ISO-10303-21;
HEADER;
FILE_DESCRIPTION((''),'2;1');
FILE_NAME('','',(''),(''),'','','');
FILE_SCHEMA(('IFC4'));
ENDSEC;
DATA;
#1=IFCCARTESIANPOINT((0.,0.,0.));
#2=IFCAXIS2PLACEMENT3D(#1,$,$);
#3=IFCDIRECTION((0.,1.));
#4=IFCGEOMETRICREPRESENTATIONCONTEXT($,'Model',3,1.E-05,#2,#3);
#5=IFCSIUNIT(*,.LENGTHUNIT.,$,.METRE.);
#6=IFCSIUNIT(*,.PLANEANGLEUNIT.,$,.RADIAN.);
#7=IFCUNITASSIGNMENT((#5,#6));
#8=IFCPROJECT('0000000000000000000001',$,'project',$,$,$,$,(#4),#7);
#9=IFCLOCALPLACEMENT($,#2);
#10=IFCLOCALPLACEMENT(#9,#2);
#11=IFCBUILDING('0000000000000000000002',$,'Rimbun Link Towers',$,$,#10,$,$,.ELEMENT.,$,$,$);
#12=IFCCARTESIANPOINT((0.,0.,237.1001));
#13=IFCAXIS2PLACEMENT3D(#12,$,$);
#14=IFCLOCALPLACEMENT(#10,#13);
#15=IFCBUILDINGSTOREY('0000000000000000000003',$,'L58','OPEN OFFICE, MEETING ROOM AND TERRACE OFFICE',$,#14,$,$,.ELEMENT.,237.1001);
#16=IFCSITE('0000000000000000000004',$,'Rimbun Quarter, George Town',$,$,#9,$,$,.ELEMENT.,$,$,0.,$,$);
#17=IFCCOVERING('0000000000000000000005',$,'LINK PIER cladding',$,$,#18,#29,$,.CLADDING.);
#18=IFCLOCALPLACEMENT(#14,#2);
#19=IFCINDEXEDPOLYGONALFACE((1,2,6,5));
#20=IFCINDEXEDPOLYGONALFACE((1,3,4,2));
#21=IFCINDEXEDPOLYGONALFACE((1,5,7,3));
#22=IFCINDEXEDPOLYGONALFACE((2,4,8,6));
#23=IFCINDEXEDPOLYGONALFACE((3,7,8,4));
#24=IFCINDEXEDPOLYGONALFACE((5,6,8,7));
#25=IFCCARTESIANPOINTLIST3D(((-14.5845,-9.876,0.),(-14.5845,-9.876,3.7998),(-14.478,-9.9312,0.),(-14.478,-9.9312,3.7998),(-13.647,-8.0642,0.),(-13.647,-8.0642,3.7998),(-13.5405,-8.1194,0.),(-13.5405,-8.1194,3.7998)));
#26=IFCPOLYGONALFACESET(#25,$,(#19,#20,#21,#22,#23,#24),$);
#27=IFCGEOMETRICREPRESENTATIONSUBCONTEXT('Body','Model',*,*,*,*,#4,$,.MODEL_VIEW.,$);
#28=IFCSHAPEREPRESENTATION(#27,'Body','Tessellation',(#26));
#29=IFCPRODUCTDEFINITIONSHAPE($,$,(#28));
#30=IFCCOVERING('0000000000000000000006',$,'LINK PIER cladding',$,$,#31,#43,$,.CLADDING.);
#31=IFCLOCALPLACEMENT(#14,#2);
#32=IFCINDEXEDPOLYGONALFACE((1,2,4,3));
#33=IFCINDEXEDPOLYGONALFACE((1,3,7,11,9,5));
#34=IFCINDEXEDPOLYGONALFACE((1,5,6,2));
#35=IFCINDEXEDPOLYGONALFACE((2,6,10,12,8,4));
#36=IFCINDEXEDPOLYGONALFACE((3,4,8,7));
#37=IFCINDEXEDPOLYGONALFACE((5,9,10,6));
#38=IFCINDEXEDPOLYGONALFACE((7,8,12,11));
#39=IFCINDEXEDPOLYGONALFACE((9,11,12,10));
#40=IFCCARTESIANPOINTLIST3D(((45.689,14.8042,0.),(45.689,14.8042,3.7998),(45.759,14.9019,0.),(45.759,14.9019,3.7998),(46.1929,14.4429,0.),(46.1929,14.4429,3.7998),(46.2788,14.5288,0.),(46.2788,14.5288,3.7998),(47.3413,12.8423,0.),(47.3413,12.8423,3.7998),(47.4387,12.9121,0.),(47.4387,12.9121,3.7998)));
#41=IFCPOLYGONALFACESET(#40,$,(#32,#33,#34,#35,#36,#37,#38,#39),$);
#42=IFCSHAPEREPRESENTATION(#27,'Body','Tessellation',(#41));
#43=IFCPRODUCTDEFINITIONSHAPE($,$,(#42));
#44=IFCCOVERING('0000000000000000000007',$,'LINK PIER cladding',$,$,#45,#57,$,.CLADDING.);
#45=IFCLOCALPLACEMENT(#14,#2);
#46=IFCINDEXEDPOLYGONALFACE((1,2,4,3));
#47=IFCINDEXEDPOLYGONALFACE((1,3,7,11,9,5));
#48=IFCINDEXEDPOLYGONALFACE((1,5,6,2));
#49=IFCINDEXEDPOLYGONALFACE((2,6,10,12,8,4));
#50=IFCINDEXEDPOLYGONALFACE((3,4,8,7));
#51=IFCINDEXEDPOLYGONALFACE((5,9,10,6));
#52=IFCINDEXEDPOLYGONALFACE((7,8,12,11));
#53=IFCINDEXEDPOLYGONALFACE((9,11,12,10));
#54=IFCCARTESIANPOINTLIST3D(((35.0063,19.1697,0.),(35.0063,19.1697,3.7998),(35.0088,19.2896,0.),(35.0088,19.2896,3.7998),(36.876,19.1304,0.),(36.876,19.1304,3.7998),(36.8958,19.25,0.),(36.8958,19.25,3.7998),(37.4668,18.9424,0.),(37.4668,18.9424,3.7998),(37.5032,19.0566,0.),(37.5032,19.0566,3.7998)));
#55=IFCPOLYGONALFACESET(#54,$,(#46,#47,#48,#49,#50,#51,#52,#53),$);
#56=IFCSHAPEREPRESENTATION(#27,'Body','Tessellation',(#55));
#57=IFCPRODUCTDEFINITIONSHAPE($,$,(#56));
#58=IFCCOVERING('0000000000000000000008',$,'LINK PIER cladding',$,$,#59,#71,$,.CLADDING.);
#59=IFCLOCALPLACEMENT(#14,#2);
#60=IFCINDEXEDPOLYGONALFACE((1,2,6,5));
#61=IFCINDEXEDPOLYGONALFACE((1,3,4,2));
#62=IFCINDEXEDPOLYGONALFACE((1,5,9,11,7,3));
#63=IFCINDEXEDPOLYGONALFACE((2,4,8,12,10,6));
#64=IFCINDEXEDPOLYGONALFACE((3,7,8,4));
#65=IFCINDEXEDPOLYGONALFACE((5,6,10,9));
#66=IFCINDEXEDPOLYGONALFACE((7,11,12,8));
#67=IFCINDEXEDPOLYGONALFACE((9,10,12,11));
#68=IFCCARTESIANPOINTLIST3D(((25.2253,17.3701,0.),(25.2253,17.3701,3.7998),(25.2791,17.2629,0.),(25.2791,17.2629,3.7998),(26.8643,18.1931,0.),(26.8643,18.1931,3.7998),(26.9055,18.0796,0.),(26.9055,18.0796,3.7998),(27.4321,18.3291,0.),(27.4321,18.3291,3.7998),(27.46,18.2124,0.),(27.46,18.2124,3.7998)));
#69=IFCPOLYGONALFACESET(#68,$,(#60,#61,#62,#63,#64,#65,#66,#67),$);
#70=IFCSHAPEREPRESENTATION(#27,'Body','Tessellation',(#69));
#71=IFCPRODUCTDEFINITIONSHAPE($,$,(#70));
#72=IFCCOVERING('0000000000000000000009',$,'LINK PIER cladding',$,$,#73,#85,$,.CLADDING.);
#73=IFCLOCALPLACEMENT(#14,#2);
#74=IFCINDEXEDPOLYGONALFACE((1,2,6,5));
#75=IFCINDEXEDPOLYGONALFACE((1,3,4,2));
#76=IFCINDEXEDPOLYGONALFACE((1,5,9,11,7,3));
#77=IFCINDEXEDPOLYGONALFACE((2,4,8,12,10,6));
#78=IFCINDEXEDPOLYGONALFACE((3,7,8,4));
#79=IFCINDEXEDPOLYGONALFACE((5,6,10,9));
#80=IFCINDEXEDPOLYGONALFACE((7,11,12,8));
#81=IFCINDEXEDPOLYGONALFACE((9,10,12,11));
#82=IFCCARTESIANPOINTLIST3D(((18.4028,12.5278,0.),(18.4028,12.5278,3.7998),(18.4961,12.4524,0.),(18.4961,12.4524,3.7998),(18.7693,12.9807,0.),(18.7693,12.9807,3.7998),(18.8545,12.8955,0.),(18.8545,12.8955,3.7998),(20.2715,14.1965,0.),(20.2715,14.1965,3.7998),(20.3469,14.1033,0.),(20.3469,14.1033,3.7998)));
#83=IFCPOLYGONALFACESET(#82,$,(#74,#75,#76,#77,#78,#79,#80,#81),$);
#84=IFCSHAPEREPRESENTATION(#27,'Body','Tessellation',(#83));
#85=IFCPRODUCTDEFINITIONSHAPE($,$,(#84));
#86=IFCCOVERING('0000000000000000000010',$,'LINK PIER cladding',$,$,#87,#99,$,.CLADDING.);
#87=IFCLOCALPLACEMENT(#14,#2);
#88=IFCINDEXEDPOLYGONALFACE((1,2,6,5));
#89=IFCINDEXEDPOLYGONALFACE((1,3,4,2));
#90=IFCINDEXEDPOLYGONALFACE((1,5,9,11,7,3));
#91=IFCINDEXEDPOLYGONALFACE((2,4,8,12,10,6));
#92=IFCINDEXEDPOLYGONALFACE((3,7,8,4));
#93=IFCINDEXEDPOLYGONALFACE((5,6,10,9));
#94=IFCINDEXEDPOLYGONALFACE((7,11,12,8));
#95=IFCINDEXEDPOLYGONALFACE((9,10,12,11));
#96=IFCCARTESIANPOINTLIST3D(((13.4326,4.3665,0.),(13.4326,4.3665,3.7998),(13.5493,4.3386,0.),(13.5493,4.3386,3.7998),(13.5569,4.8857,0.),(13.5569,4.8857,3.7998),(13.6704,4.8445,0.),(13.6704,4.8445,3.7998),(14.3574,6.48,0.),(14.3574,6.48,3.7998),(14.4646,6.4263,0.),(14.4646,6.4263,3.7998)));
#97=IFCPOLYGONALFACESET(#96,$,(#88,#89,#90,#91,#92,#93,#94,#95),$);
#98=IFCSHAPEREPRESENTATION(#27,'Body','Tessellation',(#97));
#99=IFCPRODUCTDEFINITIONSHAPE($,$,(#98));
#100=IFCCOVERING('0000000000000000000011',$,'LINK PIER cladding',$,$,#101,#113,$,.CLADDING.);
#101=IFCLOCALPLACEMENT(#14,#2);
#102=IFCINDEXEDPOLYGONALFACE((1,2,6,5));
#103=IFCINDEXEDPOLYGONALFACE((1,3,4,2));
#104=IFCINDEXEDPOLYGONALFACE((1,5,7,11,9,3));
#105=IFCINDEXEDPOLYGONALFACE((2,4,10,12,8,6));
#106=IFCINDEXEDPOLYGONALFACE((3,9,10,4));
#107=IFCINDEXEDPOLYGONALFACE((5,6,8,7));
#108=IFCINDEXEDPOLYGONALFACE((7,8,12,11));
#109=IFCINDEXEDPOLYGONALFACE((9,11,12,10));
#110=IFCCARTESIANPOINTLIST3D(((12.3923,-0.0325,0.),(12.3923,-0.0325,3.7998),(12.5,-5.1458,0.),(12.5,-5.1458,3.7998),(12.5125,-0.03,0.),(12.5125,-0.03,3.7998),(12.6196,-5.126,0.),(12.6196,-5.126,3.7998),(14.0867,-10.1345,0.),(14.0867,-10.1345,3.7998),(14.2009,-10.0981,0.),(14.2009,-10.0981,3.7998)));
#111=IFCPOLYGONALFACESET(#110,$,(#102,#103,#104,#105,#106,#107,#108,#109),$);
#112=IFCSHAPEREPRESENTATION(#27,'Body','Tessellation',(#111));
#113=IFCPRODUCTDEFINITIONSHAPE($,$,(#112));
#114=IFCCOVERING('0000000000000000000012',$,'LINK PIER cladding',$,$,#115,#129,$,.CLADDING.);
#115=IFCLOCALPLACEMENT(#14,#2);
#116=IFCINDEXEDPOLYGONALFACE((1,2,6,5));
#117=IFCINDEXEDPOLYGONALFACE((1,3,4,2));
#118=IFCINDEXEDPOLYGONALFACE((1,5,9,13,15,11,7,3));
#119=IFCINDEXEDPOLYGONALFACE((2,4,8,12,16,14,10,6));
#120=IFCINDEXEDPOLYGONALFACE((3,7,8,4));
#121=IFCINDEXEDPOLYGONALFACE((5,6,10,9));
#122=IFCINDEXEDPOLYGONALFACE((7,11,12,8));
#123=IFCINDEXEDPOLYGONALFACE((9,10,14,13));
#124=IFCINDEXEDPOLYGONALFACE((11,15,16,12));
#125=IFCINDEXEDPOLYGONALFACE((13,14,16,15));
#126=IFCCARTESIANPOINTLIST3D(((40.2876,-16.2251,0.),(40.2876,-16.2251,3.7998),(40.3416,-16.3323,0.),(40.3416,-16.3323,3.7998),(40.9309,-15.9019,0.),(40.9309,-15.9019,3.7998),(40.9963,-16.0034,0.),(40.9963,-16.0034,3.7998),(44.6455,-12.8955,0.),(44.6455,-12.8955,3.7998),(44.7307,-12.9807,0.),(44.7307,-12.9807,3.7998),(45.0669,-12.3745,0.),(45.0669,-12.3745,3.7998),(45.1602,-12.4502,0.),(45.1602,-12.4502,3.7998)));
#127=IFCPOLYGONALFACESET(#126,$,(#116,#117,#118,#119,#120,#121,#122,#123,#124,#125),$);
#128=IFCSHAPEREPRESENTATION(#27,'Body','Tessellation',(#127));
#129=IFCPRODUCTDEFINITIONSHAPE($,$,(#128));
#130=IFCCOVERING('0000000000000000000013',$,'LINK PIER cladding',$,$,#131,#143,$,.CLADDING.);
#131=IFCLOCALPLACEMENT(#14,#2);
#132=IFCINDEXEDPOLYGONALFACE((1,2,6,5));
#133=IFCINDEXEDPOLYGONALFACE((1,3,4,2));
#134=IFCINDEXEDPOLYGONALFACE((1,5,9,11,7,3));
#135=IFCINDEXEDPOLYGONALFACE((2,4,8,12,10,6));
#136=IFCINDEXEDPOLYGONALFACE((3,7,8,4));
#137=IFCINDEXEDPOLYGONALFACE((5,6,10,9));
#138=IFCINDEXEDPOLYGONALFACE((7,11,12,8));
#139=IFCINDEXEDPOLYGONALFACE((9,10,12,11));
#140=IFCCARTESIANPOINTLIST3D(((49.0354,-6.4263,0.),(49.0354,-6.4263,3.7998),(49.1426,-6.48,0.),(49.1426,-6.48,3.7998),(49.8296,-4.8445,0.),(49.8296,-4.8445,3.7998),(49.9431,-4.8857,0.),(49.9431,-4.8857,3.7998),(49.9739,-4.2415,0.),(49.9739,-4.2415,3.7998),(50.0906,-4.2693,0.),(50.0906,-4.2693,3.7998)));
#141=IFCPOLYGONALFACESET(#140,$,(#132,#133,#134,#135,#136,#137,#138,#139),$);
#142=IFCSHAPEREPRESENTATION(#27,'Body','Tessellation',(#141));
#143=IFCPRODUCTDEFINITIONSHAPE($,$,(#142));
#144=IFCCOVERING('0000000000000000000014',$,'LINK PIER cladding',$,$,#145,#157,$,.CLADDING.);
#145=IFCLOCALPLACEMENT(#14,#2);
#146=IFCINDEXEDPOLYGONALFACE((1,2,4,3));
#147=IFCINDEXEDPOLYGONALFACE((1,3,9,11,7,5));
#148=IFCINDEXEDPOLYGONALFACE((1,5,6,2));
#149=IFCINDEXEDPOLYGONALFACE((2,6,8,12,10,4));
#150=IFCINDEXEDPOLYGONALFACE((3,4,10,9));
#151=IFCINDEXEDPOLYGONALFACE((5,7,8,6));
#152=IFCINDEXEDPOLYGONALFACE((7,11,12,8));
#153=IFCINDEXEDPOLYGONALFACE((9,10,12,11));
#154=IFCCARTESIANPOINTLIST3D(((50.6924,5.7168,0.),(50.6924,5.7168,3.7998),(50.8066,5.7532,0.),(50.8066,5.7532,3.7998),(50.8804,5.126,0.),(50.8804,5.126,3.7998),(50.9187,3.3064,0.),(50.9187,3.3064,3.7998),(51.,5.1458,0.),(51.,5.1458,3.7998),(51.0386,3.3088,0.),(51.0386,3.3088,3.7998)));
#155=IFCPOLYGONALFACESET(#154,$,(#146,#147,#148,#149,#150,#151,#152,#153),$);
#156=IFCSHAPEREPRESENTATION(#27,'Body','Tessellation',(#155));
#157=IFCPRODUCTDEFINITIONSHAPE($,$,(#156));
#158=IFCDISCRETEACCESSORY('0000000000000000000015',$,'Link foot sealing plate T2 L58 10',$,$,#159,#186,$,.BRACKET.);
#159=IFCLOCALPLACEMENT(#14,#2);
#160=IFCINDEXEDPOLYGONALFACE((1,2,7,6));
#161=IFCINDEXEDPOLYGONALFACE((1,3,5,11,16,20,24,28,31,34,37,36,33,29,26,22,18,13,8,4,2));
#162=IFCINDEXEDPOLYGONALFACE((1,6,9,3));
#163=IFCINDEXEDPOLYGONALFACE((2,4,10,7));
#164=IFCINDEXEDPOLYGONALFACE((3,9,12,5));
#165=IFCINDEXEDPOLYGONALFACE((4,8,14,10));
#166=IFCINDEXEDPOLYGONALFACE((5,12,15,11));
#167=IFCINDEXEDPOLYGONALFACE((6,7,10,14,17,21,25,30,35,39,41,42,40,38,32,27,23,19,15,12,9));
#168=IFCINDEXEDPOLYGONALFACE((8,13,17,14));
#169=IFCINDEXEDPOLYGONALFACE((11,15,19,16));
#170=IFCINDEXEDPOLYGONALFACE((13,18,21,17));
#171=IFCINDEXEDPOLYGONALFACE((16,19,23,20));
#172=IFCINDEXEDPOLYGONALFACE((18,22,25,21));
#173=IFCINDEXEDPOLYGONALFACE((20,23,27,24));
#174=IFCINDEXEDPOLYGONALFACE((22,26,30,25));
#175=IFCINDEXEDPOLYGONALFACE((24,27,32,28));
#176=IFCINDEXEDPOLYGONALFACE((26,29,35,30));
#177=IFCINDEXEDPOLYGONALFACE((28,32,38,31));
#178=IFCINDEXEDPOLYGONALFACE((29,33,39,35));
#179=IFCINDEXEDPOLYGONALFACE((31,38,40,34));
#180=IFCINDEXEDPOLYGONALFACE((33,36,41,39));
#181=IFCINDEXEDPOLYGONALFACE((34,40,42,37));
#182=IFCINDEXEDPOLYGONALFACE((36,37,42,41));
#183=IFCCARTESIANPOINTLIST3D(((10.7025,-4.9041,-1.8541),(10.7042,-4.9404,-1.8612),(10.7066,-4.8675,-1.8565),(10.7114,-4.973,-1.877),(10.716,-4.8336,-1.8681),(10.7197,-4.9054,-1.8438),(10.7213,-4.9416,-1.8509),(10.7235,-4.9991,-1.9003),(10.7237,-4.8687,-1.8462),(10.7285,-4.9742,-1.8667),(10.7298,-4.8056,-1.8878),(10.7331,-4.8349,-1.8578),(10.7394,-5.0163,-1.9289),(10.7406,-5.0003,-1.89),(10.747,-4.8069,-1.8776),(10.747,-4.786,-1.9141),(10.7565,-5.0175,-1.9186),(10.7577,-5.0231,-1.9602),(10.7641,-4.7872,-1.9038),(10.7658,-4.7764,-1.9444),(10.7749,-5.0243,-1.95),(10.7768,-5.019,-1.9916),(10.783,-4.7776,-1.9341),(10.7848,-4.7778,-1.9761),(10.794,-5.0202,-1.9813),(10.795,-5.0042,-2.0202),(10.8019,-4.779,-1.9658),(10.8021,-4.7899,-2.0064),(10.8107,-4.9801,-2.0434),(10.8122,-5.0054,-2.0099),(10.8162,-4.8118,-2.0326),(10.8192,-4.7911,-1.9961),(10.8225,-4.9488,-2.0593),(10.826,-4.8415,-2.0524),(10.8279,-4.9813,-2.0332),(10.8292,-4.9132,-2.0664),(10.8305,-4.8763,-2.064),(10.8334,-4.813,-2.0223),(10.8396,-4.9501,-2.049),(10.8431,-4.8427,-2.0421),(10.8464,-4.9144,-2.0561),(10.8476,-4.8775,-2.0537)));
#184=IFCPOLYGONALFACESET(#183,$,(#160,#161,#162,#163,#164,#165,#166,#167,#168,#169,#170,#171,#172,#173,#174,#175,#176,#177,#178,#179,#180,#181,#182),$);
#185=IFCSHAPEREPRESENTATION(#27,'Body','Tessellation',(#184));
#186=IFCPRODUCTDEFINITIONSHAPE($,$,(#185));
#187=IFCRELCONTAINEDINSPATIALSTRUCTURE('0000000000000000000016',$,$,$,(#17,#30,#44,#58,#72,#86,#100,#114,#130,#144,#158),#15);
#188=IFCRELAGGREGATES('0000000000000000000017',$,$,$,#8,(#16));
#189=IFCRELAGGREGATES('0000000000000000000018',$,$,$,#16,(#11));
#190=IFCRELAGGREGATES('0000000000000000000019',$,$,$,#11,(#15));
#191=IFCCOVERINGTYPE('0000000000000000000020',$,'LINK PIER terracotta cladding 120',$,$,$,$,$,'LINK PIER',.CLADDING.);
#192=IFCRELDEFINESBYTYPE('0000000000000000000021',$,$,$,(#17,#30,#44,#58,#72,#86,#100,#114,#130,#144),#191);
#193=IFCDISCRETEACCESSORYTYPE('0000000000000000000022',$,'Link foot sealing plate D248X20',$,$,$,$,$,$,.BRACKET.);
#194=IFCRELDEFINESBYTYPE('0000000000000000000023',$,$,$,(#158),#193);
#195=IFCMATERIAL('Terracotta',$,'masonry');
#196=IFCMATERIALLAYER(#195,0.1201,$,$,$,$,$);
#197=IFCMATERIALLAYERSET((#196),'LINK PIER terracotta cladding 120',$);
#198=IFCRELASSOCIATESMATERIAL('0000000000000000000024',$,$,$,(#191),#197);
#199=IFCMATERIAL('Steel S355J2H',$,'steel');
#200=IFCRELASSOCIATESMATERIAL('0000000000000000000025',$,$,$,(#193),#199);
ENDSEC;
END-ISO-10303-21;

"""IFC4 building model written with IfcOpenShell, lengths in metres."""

from ifc_helpers import new_model, si_unit, direction, frame, origin, origin_2d, place, context, subcontext, project, spatial, polyline, circle, outline, extrude, material, layer, layer_set, material_profile, profile_set, type_object, element, save


model = new_model("IFC4")

# Units and contexts
model_context = context("Model", 3, precision=1e-05, world=origin(), true_north=direction((0.0, 1.0)))
body_context = subcontext(model_context, "Body", "Model", "MODEL_VIEW")
ifc_project = project(units=[si_unit("LENGTHUNIT", "METRE"), si_unit("PLANEANGLEUNIT", "RADIAN")], contexts=[model_context])

# Site, building, storey
site_placement = place(None, origin())
site = spatial("IfcSite", under=ifc_project, at=site_placement, Name="Rimbun Quarter, George Town", CompositionType="ELEMENT", RefElevation=0.0)
building_placement = place(site_placement, origin())
building = spatial("IfcBuilding", under=site, at=building_placement, Name="Rimbun Link Towers", CompositionType="ELEMENT")
storey_placement = place(building_placement, frame((0.0, 0.0, 237.1001)))
storey = spatial("IfcBuildingStorey", under=building, at=storey_placement, Name="L58", Description="OPEN OFFICE, MEETING ROOM AND TERRACE OFFICE", CompositionType="ELEMENT", Elevation=237.1001)

# Coverings
ifc_material_1 = material(Name="Terracotta", Category="masonry")
ifc_layer_1 = layer(ifc_material_1, 0.1201)
ifc_layer_set_1 = layer_set([ifc_layer_1], Name="LINK PIER terracotta cladding 120")
covering_type_1 = type_object("IfcCoveringType", Name="LINK PIER terracotta cladding 120", ElementType="LINK PIER", PredefinedType="CLADDING", material=ifc_layer_set_1)
covering_1_placement = place(storey_placement, origin())
element("IfcCovering", 1, at=covering_1_placement, inside=storey, type_object=covering_type_1, Name="LINK PIER cladding", PredefinedType="CLADDING", context=body_context, shape_type="SweptSolid", body=[
    extrude(outline(polyline([(-13.647, -8.0642), (-14.5845, -9.876), (-14.478, -9.9312), (-13.5405, -8.1194), (-13.647, -8.0642)])), origin(), (0.0, 0.0, 1.0), 3.7998),
])
covering_2_placement = place(storey_placement, origin())
element("IfcCovering", 2, at=covering_2_placement, inside=storey, type_object=covering_type_1, Name="LINK PIER cladding", PredefinedType="CLADDING", context=body_context, shape_type="SweptSolid", body=[
    extrude(outline(polyline([(45.689, 14.8042), (46.1929, 14.4429), (47.3413, 12.8423), (47.4387, 12.9121), (46.2788, 14.5288), (45.759, 14.9019), (45.689, 14.8042)])), origin(), (0.0, 0.0, 1.0), 3.7998),
])
covering_3_placement = place(storey_placement, origin())
element("IfcCovering", 3, at=covering_3_placement, inside=storey, type_object=covering_type_1, Name="LINK PIER cladding", PredefinedType="CLADDING", context=body_context, shape_type="SweptSolid", body=[
    extrude(outline(polyline([(35.0063, 19.1697), (36.876, 19.1304), (37.4668, 18.9424), (37.5032, 19.0566), (36.8958, 19.25), (35.0088, 19.2896), (35.0063, 19.1697)])), origin(), (0.0, 0.0, 1.0), 3.7998),
])
covering_4_placement = place(storey_placement, origin())
element("IfcCovering", 4, at=covering_4_placement, inside=storey, type_object=covering_type_1, Name="LINK PIER cladding", PredefinedType="CLADDING", context=body_context, shape_type="SweptSolid", body=[
    extrude(outline(polyline([(25.2791, 17.2629), (26.9055, 18.0796), (27.46, 18.2124), (27.4321, 18.3291), (26.8643, 18.1931), (25.2253, 17.3701), (25.2791, 17.2629)])), origin(), (0.0, 0.0, 1.0), 3.7998),
])
covering_5_placement = place(storey_placement, origin())
element("IfcCovering", 5, at=covering_5_placement, inside=storey, type_object=covering_type_1, Name="LINK PIER cladding", PredefinedType="CLADDING", context=body_context, shape_type="SweptSolid", body=[
    extrude(outline(polyline([(18.4961, 12.4524), (18.8545, 12.8955), (20.3469, 14.1033), (20.2715, 14.1965), (18.7693, 12.9807), (18.4028, 12.5278), (18.4961, 12.4524)])), origin(), (0.0, 0.0, 1.0), 3.7998),
])
covering_6_placement = place(storey_placement, origin())
element("IfcCovering", 6, at=covering_6_placement, inside=storey, type_object=covering_type_1, Name="LINK PIER cladding", PredefinedType="CLADDING", context=body_context, shape_type="SweptSolid", body=[
    extrude(outline(polyline([(13.5493, 4.3386), (13.6704, 4.8445), (14.4646, 6.4263), (14.3574, 6.48), (13.5569, 4.8857), (13.4326, 4.3665), (13.5493, 4.3386)])), origin(), (0.0, 0.0, 1.0), 3.7998),
])
covering_7_placement = place(storey_placement, origin())
element("IfcCovering", 7, at=covering_7_placement, inside=storey, type_object=covering_type_1, Name="LINK PIER cladding", PredefinedType="CLADDING", context=body_context, shape_type="SweptSolid", body=[
    extrude(outline(polyline([(14.2009, -10.0981), (12.6196, -5.126), (12.5125, -0.03), (12.3923, -0.0325), (12.5, -5.1458), (14.0867, -10.1345), (14.2009, -10.0981)])), origin(), (0.0, 0.0, 1.0), 3.7998),
])
covering_8_placement = place(storey_placement, origin())
element("IfcCovering", 8, at=covering_8_placement, inside=storey, type_object=covering_type_1, Name="LINK PIER cladding", PredefinedType="CLADDING", context=body_context, shape_type="SweptSolid", body=[
    extrude(outline(polyline([(45.0669, -12.3745), (44.6455, -12.8955), (40.9309, -15.9019), (40.2876, -16.2251), (40.3416, -16.3323), (40.9963, -16.0034), (44.7307, -12.9807), (45.1602, -12.4502), (45.0669, -12.3745)])), origin(), (0.0, 0.0, 1.0), 3.7998),
])
covering_9_placement = place(storey_placement, origin())
element("IfcCovering", 9, at=covering_9_placement, inside=storey, type_object=covering_type_1, Name="LINK PIER cladding", PredefinedType="CLADDING", context=body_context, shape_type="SweptSolid", body=[
    extrude(outline(polyline([(49.9739, -4.2415), (49.8296, -4.8445), (49.0354, -6.4263), (49.1426, -6.48), (49.9431, -4.8857), (50.0906, -4.2693), (49.9739, -4.2415)])), origin(), (0.0, 0.0, 1.0), 3.7998),
])
covering_10_placement = place(storey_placement, origin())
element("IfcCovering", 10, at=covering_10_placement, inside=storey, type_object=covering_type_1, Name="LINK PIER cladding", PredefinedType="CLADDING", context=body_context, shape_type="SweptSolid", body=[
    extrude(outline(polyline([(50.6924, 5.7168), (50.8804, 5.126), (50.9187, 3.3064), (51.0386, 3.3088), (51.0, 5.1458), (50.8066, 5.7532), (50.6924, 5.7168)])), origin(), (0.0, 0.0, 1.0), 3.7998),
])

# Discrete accessory
ifc_material_2 = material(Name="Steel S355J2H", Category="steel")
ifc_material_profile_1 = material_profile(ifc_material_2, circle(Radius=0.124, at=origin_2d()), Name="PL D248")
ifc_profile_set_1 = profile_set([ifc_material_profile_1], Name="Steel S355J2H")
discrete_accessory_type_1 = type_object("IfcDiscreteAccessoryType", Name="Link foot sealing plate D248X20", PredefinedType="BRACKET", material=ifc_profile_set_1)
for number, where, z_axis, x_axis, name in (
    (11, (10.7837, -4.9006, -1.95), (-0.855889, 0.061135, -0.513533), (-0.071247, -0.997459, 0.0), "Link foot sealing plate T2 L58 10"),
):
    element("IfcDiscreteAccessory", number, at=place(storey_placement, frame(where, z_axis=z_axis, x_axis=x_axis)), inside=storey, type_object=discrete_accessory_type_1, Name=name, PredefinedType="BRACKET", context=body_context, shape_type="SweptSolid", body=[
        extrude(circle(Radius=0.124, at=origin_2d()), origin(), (0.0, 0.0, 1.0), 0.02),
    ])

save(model, "model.ifc")
